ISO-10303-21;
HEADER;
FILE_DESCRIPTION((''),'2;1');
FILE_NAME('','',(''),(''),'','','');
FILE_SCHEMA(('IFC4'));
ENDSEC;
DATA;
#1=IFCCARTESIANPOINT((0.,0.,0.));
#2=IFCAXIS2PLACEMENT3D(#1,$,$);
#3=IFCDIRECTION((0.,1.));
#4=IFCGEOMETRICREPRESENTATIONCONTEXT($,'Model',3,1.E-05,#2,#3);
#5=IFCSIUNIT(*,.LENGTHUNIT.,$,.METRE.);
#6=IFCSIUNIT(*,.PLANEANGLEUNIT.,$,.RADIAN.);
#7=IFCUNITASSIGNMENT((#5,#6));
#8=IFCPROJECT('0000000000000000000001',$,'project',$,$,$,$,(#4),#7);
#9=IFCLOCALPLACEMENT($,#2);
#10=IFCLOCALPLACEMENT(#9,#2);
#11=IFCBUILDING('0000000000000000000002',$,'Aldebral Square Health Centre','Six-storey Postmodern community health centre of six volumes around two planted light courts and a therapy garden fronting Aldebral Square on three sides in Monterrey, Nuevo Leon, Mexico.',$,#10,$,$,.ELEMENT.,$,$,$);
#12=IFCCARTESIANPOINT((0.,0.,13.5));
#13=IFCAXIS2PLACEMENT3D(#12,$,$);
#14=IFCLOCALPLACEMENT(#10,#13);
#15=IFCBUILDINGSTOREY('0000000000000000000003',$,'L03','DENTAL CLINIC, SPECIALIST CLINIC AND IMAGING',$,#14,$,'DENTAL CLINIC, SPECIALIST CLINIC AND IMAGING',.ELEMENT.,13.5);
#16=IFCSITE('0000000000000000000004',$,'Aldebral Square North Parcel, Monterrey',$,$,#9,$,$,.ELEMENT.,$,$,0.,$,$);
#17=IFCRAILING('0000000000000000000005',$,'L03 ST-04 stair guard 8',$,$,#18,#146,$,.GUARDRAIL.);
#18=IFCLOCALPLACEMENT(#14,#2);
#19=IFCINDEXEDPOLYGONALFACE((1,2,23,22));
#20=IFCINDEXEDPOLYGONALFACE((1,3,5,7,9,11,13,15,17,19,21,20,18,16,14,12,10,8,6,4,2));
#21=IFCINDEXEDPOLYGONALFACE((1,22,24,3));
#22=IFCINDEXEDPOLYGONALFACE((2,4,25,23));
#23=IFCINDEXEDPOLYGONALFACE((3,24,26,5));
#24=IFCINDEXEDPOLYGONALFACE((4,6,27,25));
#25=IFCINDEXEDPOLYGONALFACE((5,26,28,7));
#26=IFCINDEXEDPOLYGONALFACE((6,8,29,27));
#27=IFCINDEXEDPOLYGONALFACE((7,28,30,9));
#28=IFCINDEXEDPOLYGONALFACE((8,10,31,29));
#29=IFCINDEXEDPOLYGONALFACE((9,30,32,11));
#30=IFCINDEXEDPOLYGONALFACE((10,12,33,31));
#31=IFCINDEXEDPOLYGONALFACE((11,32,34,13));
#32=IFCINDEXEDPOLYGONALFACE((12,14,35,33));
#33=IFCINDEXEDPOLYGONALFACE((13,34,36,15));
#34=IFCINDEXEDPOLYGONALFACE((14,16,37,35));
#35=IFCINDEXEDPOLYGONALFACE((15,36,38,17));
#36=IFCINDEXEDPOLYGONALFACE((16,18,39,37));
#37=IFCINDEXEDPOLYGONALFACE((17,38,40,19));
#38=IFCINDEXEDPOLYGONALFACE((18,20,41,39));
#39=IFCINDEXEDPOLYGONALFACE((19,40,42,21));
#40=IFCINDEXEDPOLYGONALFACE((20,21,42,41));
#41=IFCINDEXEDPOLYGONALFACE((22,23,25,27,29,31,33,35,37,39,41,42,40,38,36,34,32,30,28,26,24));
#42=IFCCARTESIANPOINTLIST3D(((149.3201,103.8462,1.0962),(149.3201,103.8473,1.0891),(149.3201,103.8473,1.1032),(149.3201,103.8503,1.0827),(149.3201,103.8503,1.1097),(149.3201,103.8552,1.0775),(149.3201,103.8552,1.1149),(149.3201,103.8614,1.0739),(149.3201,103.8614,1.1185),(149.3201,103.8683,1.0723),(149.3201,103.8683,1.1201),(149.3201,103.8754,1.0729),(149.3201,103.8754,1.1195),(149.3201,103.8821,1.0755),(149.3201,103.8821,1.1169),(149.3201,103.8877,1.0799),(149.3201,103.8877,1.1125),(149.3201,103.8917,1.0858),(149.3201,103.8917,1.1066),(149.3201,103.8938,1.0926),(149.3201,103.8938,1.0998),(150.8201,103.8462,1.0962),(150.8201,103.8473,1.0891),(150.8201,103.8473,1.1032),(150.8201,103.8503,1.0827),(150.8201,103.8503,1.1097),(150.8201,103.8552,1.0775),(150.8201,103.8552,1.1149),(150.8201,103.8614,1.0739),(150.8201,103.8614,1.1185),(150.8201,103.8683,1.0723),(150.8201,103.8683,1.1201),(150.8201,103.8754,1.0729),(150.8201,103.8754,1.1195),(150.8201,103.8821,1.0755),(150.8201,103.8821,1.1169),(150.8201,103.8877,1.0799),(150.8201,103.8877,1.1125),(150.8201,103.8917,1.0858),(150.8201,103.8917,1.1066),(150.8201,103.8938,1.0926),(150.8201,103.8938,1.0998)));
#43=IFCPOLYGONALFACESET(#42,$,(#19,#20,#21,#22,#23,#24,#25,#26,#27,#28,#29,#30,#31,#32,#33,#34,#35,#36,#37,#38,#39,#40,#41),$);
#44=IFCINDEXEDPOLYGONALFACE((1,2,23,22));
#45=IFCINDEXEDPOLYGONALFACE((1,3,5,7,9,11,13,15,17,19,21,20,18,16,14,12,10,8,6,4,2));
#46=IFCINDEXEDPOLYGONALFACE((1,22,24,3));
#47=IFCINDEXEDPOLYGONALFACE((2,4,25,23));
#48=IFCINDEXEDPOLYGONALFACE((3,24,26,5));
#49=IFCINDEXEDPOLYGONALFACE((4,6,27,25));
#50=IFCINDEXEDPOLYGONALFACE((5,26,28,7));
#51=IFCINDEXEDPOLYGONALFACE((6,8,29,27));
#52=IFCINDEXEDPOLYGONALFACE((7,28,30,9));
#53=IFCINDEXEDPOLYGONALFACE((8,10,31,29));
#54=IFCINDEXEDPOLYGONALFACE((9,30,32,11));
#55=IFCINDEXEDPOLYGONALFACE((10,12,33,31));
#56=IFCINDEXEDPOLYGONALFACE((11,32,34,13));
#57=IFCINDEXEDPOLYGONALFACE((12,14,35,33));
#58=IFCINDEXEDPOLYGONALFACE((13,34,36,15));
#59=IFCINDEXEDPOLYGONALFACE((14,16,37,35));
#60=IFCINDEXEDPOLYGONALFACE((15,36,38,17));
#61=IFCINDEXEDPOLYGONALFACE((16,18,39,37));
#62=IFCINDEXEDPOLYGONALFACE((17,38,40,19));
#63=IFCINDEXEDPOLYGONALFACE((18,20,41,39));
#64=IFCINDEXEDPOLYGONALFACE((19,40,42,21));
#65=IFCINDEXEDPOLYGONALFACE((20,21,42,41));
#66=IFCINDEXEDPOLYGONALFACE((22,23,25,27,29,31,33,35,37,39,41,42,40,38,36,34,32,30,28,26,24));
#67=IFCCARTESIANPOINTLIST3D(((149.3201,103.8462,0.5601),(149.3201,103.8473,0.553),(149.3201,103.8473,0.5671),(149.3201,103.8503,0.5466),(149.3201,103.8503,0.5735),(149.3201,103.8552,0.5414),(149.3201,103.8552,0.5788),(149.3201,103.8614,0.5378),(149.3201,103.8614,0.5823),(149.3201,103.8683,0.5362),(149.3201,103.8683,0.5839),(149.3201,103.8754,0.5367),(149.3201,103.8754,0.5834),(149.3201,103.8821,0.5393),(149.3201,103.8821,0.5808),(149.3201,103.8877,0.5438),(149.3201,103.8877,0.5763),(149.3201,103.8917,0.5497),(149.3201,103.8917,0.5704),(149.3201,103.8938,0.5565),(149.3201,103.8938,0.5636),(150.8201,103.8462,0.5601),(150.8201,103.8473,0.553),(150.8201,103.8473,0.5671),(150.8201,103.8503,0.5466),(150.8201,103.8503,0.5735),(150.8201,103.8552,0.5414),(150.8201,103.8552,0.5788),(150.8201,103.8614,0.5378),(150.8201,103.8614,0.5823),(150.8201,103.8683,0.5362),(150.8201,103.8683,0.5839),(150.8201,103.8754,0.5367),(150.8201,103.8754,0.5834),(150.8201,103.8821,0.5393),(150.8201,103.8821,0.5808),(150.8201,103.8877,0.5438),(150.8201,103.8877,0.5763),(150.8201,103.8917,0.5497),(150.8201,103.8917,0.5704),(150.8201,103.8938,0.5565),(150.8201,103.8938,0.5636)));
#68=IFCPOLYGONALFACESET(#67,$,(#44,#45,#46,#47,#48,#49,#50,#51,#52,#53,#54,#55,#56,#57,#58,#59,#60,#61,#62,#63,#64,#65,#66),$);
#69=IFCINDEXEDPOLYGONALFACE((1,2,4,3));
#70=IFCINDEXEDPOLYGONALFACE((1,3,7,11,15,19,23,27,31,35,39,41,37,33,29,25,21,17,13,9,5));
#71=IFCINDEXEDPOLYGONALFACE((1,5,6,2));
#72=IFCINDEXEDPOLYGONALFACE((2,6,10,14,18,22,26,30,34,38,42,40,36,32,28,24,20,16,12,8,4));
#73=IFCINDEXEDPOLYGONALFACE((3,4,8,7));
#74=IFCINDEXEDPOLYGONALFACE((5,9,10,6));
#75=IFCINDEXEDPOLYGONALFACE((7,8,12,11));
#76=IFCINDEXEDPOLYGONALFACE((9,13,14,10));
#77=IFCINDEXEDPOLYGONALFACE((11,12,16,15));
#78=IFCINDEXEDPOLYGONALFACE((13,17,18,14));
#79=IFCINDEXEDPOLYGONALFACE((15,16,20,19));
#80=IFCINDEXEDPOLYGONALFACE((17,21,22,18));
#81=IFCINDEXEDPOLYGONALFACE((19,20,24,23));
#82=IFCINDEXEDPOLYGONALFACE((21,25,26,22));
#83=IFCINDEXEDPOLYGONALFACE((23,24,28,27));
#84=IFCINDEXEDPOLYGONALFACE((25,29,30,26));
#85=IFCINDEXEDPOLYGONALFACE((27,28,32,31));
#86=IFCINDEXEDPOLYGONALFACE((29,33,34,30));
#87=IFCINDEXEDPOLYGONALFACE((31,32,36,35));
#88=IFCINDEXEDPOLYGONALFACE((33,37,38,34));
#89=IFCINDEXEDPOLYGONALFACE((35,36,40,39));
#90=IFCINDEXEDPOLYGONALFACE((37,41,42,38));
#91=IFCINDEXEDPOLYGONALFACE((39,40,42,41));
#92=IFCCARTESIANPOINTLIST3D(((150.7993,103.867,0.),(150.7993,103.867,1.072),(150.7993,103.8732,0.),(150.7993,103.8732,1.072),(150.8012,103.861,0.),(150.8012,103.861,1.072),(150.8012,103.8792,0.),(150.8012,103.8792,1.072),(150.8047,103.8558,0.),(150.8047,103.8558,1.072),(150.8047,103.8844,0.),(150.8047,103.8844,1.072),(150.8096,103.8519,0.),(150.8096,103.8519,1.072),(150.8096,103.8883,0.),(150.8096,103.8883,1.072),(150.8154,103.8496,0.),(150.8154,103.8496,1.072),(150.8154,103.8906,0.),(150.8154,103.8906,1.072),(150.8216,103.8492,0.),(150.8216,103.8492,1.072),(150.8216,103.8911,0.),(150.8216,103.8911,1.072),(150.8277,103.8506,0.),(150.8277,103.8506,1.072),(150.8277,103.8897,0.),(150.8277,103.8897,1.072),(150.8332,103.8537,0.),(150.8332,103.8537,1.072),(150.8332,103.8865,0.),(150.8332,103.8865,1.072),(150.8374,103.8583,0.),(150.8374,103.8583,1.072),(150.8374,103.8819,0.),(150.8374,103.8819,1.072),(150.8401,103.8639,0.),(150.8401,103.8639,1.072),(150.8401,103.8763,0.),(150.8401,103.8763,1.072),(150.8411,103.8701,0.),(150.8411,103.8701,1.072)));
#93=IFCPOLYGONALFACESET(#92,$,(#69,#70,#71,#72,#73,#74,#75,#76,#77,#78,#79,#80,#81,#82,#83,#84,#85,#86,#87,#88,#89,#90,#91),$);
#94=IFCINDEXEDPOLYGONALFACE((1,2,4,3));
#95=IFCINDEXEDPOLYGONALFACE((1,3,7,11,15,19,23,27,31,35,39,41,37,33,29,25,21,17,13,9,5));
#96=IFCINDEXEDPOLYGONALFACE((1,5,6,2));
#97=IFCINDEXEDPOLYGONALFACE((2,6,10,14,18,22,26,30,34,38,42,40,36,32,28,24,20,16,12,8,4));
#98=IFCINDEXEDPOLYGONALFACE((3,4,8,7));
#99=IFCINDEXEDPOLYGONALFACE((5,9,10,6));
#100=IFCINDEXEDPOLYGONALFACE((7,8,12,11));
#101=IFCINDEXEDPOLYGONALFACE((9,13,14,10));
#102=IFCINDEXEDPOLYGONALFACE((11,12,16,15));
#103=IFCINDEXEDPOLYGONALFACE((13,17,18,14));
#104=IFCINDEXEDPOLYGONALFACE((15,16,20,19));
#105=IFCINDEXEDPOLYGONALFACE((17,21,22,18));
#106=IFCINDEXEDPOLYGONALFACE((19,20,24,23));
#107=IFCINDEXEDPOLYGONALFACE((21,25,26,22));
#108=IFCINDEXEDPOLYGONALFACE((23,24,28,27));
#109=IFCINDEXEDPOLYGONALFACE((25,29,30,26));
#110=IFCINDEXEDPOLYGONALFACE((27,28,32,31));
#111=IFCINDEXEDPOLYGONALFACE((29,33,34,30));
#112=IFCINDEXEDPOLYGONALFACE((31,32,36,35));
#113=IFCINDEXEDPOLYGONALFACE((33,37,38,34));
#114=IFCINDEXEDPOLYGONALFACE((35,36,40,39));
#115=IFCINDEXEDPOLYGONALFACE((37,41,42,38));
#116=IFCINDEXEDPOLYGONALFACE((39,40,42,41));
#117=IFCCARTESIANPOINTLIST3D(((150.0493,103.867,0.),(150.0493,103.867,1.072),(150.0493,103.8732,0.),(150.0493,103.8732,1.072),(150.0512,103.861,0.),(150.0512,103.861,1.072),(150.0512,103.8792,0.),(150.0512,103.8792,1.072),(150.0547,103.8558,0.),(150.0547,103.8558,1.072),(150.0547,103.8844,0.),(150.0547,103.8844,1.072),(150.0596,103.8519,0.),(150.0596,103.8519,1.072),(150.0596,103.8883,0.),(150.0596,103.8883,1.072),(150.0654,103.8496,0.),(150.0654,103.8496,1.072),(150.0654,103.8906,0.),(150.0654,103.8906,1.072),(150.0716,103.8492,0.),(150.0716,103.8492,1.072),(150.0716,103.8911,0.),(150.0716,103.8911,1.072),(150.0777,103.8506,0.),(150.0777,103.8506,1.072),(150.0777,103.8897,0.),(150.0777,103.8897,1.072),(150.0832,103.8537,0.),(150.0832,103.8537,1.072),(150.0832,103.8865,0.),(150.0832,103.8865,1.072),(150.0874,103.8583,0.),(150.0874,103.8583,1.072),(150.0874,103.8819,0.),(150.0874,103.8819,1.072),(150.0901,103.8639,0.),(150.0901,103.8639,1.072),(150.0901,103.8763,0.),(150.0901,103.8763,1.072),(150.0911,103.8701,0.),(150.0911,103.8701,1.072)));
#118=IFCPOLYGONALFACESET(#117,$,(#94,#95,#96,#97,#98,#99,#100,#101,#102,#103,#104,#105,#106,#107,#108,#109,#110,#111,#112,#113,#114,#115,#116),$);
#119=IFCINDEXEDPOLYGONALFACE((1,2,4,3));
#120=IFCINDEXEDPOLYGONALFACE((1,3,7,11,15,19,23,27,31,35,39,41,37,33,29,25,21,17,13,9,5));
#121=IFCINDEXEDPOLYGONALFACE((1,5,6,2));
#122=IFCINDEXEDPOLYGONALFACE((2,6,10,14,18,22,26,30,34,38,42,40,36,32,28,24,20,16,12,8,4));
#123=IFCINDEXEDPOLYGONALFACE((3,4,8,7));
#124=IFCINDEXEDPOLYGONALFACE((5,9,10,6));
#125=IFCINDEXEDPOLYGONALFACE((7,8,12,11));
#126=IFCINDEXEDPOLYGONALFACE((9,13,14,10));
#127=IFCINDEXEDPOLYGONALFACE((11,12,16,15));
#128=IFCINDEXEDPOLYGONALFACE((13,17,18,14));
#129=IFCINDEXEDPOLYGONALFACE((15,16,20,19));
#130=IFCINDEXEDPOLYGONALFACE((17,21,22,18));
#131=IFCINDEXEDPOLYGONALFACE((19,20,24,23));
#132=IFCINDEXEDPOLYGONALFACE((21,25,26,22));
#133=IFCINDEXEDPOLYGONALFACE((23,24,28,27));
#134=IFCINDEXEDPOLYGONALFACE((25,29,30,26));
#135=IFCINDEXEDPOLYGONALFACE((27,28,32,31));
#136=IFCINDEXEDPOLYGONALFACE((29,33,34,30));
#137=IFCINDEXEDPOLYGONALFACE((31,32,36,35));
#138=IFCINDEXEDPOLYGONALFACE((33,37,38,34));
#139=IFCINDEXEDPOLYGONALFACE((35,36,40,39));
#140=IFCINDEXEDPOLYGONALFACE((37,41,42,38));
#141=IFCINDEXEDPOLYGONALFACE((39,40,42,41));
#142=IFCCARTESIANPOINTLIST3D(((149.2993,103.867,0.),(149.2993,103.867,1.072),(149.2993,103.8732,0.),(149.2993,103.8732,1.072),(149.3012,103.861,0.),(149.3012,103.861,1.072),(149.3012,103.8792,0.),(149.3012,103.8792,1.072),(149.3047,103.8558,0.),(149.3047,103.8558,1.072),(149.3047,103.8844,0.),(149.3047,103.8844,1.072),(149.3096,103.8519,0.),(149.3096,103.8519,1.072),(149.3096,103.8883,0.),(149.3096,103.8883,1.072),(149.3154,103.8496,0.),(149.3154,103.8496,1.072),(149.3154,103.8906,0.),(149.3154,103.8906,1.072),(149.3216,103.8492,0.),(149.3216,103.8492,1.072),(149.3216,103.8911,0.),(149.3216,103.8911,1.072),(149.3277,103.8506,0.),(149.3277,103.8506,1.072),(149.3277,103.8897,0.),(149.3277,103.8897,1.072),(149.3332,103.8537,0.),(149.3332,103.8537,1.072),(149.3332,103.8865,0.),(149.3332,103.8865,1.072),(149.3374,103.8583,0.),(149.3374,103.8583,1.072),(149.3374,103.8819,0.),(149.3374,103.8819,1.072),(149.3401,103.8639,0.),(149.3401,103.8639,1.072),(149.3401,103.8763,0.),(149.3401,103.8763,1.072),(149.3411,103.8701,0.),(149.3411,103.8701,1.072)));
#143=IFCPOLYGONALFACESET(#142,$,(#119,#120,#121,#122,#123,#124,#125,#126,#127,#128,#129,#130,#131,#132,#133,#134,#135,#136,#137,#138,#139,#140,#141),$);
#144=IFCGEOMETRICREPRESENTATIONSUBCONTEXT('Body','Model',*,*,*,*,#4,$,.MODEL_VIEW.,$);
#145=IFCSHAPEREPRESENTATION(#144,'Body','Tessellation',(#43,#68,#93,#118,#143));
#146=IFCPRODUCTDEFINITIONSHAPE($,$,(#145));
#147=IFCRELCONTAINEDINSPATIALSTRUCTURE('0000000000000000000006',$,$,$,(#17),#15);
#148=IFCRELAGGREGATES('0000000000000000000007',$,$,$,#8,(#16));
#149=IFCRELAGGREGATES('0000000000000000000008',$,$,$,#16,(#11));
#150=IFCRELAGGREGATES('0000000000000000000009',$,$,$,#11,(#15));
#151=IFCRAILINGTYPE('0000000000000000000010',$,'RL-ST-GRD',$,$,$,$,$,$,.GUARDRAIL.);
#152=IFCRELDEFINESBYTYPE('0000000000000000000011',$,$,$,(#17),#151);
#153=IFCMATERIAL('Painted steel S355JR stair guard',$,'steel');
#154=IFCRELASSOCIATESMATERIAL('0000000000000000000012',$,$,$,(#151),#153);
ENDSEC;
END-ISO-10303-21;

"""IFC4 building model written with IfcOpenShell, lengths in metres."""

from ifc_helpers import new_model, si_unit, direction, frame, origin, origin_2d, place, context, subcontext, project, spatial, circle, extrude, material, type_object, element, save


model = new_model("IFC4")

# Units and contexts
model_context = context("Model", 3, precision=1e-05, world=origin(), true_north=direction((0.0, 1.0)))
body_context = subcontext(model_context, "Body", "Model", "MODEL_VIEW")
ifc_project = project(units=[si_unit("LENGTHUNIT", "METRE"), si_unit("PLANEANGLEUNIT", "RADIAN")], contexts=[model_context])

# Site, building, storey
site_placement = place(None, origin())
site = spatial("IfcSite", under=ifc_project, at=site_placement, Name="Aldebral Square North Parcel, Monterrey", CompositionType="ELEMENT", RefElevation=0.0)
building_placement = place(site_placement, origin())
building = spatial("IfcBuilding", under=site, at=building_placement, Name="Aldebral Square Health Centre", Description="Six-storey Postmodern community health centre of six volumes around two planted light courts and a therapy garden fronting Aldebral Square on three sides in Monterrey, Nuevo Leon, Mexico.", CompositionType="ELEMENT")
storey_placement = place(building_placement, frame((0.0, 0.0, 13.5)))
storey = spatial("IfcBuildingStorey", under=building, at=storey_placement, Name="L03", Description="DENTAL CLINIC, SPECIALIST CLINIC AND IMAGING", LongName="DENTAL CLINIC, SPECIALIST CLINIC AND IMAGING", CompositionType="ELEMENT", Elevation=13.5)

# Railing
ifc_material_1 = material(Name="Painted steel S355JR stair guard", Category="steel")
railing_type_1 = type_object("IfcRailingType", Name="RL-ST-GRD", PredefinedType="GUARDRAIL", material=ifc_material_1)
railing_1_placement = place(storey_placement, frame((150.8201, 103.8701, 0.0)))
element("IfcRailing", 1, at=railing_1_placement, inside=storey, type_object=railing_type_1, Name="L03 ST-04 stair guard 8", PredefinedType="GUARDRAIL", context=body_context, shape_type="SweptSolid", body=[
    extrude(circle(Radius=0.0239, at=origin_2d()), frame((0.0, 0.0, 1.0962), z_axis=(-1.0, 0.0, 0.0), x_axis=(0.0, -1.0, 0.0)), (0.0, 0.0, 1.0), 1.5),
    extrude(circle(Radius=0.0239, at=origin_2d()), frame((0.0, 0.0, 0.5601), z_axis=(-1.0, 0.0, 0.0), x_axis=(0.0, -1.0, 0.0)), (0.0, 0.0, 1.0), 1.5),
    extrude(circle(Radius=0.021, at=origin_2d()), origin(), (0.0, 0.0, 1.0), 1.072),
    extrude(circle(Radius=0.021, at=origin_2d()), frame((-0.75, 0.0, 0.0)), (0.0, 0.0, 1.0), 1.072),
    extrude(circle(Radius=0.021, at=origin_2d()), frame((-1.5, 0.0, 0.0)), (0.0, 0.0, 1.0), 1.072),
])

save(model, "model.ifc")
